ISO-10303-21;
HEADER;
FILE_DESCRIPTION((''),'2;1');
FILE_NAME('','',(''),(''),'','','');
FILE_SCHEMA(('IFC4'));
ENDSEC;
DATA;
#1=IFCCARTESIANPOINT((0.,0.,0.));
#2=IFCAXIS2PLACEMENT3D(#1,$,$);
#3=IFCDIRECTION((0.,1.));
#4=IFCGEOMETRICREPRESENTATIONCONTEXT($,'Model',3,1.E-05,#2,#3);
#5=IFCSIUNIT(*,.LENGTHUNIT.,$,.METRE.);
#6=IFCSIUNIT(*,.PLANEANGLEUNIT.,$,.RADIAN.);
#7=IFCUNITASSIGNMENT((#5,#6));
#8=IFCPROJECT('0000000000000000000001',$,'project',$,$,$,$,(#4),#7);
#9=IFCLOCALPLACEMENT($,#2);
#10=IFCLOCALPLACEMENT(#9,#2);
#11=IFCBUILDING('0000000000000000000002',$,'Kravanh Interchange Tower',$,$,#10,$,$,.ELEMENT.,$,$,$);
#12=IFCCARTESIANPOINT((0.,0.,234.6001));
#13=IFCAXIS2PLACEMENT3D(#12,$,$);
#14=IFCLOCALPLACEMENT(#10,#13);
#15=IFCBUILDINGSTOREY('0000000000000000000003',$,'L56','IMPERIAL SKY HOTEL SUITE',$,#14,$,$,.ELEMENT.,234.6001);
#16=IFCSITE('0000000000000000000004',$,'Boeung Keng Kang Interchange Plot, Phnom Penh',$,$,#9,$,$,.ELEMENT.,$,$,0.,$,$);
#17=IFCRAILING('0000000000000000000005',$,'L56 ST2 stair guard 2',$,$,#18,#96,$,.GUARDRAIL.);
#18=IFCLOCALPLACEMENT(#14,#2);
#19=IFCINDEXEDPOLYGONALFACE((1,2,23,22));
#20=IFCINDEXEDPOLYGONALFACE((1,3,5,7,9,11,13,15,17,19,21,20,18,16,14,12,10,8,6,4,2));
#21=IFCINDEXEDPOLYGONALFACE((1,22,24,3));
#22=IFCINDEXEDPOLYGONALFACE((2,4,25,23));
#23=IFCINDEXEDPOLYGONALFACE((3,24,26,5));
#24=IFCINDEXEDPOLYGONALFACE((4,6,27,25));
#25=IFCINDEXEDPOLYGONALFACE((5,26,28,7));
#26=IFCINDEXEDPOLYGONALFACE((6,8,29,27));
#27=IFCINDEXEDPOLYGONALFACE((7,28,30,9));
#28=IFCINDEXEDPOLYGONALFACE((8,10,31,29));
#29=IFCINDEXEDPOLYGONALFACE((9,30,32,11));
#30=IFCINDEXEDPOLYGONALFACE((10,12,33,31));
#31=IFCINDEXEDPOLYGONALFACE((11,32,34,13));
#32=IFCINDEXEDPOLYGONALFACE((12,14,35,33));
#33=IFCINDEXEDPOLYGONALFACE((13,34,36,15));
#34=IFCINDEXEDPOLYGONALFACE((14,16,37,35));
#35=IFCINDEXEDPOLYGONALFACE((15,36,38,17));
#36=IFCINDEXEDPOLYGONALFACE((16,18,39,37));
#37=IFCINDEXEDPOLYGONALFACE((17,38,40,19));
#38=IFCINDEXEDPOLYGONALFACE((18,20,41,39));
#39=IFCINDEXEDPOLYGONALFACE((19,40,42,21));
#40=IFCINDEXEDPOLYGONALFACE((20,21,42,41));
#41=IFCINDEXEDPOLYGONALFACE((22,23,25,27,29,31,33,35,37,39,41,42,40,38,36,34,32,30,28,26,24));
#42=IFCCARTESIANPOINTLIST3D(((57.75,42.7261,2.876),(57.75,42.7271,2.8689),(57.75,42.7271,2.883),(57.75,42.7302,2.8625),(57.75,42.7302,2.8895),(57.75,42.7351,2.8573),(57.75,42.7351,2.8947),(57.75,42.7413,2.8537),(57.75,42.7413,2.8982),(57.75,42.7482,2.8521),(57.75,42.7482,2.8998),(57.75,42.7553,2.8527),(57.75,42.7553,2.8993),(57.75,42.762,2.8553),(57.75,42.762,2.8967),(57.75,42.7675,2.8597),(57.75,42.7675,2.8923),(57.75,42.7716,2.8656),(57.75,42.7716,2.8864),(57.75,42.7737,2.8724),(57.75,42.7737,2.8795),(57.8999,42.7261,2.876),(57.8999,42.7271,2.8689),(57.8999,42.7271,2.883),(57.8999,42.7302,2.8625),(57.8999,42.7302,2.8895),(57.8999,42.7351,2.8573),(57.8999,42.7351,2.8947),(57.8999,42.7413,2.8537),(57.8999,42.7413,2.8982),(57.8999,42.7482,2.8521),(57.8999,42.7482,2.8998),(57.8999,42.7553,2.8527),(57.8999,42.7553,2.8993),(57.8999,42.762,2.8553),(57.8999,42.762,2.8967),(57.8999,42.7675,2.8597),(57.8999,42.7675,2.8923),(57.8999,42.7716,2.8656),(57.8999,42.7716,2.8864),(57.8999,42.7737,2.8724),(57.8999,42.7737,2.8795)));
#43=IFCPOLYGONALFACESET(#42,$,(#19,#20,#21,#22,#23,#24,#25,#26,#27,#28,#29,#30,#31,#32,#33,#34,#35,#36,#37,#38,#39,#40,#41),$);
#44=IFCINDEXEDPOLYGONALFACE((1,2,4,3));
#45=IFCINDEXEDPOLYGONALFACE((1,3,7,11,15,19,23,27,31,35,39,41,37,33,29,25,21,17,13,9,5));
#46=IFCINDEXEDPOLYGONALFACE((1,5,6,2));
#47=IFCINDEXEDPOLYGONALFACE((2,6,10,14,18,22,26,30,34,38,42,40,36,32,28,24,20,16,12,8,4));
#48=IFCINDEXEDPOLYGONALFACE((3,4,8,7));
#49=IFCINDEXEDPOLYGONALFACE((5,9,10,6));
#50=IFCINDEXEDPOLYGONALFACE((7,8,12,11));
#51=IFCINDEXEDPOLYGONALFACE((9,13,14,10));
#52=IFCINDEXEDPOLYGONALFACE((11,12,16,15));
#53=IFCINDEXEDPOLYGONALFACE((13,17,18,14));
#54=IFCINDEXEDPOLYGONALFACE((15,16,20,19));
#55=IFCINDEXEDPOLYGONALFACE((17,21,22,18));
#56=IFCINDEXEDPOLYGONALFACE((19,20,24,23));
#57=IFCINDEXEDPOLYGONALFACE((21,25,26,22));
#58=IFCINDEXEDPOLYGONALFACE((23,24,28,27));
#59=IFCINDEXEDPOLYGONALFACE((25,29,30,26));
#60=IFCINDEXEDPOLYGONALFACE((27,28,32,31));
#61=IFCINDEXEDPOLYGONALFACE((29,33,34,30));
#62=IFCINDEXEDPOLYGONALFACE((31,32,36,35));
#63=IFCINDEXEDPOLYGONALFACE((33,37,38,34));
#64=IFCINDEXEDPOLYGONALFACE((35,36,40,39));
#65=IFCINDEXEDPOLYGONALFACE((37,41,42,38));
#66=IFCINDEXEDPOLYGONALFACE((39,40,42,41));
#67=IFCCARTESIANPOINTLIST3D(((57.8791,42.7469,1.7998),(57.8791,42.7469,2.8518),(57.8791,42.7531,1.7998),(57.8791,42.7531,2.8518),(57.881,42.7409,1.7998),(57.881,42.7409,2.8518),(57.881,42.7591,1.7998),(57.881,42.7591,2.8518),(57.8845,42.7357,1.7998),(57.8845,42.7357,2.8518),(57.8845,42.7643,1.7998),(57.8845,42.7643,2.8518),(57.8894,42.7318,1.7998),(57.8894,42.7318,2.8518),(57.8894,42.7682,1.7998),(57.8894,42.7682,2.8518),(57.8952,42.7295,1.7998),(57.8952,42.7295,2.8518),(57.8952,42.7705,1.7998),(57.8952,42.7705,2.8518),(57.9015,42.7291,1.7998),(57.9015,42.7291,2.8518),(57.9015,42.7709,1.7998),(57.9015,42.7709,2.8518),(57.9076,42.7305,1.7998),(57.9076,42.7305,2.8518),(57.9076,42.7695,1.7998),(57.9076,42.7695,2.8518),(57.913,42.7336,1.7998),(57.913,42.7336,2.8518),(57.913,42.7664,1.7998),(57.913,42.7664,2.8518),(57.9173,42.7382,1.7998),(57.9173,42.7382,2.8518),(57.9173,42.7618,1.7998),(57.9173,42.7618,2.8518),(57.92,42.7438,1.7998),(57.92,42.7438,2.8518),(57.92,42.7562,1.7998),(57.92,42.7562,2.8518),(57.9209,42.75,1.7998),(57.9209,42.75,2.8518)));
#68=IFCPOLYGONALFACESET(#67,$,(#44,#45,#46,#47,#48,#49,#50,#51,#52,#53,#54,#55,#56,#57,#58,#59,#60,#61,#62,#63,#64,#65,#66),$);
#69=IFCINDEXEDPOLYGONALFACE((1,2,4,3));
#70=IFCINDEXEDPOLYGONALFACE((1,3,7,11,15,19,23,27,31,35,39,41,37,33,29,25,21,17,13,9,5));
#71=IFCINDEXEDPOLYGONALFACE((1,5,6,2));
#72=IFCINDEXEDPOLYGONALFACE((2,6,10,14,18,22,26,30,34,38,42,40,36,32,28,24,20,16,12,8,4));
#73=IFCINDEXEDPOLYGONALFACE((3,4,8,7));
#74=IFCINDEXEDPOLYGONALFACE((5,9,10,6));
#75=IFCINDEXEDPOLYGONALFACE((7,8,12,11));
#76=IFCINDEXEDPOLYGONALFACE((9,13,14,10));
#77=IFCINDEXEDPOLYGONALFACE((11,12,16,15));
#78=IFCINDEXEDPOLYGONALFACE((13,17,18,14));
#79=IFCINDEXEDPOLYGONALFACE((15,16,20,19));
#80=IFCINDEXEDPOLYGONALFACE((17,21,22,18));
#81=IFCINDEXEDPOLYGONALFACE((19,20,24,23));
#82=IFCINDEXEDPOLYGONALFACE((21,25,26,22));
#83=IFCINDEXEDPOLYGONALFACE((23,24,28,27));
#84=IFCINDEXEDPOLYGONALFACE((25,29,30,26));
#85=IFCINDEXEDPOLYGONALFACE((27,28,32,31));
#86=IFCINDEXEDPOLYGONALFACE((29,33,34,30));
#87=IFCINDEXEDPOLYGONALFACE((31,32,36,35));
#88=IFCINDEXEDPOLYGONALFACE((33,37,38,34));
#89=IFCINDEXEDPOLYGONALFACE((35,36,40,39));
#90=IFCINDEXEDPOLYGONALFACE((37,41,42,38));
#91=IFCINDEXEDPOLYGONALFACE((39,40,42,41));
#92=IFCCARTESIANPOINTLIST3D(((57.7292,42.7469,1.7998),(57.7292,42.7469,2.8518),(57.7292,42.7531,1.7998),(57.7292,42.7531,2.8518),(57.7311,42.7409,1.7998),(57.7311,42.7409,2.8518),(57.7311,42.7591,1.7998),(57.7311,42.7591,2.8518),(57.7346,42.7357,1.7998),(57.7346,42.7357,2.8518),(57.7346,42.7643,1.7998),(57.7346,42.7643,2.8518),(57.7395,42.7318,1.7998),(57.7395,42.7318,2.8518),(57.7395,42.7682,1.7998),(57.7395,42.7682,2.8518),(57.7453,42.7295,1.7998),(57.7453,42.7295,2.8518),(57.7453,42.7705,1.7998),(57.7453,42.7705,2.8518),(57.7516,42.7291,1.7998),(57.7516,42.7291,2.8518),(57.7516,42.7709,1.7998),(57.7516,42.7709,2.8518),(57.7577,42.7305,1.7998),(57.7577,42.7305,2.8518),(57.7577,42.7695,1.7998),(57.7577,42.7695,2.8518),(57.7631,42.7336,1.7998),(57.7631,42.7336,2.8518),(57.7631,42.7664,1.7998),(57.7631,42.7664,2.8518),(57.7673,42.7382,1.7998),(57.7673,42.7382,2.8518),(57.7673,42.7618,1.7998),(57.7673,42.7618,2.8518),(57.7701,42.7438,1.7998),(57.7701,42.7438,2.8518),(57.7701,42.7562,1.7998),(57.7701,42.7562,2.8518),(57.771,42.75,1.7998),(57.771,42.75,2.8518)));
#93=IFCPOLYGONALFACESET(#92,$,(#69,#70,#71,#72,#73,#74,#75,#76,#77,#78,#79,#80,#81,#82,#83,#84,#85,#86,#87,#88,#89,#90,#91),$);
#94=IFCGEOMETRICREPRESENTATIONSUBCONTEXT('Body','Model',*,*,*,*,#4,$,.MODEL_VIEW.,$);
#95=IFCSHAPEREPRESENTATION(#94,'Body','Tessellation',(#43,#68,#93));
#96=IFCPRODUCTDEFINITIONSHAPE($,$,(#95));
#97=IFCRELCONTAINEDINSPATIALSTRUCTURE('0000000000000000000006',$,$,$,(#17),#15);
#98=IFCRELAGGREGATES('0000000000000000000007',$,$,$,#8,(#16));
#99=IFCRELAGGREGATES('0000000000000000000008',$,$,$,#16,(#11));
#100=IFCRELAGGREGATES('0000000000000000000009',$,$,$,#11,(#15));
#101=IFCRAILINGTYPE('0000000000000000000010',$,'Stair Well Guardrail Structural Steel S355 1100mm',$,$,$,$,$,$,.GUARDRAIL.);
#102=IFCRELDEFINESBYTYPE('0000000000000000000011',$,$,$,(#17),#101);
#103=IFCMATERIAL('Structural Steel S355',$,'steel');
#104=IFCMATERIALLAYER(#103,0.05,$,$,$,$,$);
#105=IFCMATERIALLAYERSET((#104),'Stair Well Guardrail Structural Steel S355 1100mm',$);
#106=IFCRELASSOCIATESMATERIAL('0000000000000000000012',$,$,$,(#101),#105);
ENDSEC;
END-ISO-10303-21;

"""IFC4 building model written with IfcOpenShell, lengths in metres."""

from ifc_helpers import new_model, si_unit, direction, frame, origin, origin_2d, place, context, subcontext, project, spatial, circle, extrude, material, layer, layer_set, type_object, element, save


model = new_model("IFC4")

# Units and contexts
model_context = context("Model", 3, precision=1e-05, world=origin(), true_north=direction((0.0, 1.0)))
body_context = subcontext(model_context, "Body", "Model", "MODEL_VIEW")
ifc_project = project(units=[si_unit("LENGTHUNIT", "METRE"), si_unit("PLANEANGLEUNIT", "RADIAN")], contexts=[model_context])

# Site, building, storey
site_placement = place(None, origin())
site = spatial("IfcSite", under=ifc_project, at=site_placement, Name="Boeung Keng Kang Interchange Plot, Phnom Penh", CompositionType="ELEMENT", RefElevation=0.0)
building_placement = place(site_placement, origin())
building = spatial("IfcBuilding", under=site, at=building_placement, Name="Kravanh Interchange Tower", CompositionType="ELEMENT")
storey_placement = place(building_placement, frame((0.0, 0.0, 234.6001)))
storey = spatial("IfcBuildingStorey", under=building, at=storey_placement, Name="L56", Description="IMPERIAL SKY HOTEL SUITE", CompositionType="ELEMENT", Elevation=234.6001)

# Railing
ifc_material_1 = material(Name="Structural Steel S355", Category="steel")
ifc_layer_1 = layer(ifc_material_1, 0.05)
ifc_layer_set_1 = layer_set([ifc_layer_1], Name="Stair Well Guardrail Structural Steel S355 1100mm")
railing_type_1 = type_object("IfcRailingType", Name="Stair Well Guardrail Structural Steel S355 1100mm", PredefinedType="GUARDRAIL", material=ifc_layer_set_1)
railing_1_placement = place(storey_placement, frame((57.8999, 42.75, 1.7998)))
element("IfcRailing", 1, at=railing_1_placement, inside=storey, type_object=railing_type_1, Name="L56 ST2 stair guard 2", PredefinedType="GUARDRAIL", context=body_context, shape_type="SweptSolid", body=[
    extrude(circle(Radius=0.0239, at=origin_2d()), frame((0.0, 0.0, 1.0762), z_axis=(-1.0, 0.0, 0.0), x_axis=(0.0, -1.0, 0.0)), (0.0, 0.0, 1.0), 0.1499),
    extrude(circle(Radius=0.021, at=origin_2d()), origin(), (0.0, 0.0, 1.0), 1.052),
    extrude(circle(Radius=0.021, at=origin_2d()), frame((-0.1499, 0.0, 0.0)), (0.0, 0.0, 1.0), 1.052),
])

save(model, "model.ifc")
